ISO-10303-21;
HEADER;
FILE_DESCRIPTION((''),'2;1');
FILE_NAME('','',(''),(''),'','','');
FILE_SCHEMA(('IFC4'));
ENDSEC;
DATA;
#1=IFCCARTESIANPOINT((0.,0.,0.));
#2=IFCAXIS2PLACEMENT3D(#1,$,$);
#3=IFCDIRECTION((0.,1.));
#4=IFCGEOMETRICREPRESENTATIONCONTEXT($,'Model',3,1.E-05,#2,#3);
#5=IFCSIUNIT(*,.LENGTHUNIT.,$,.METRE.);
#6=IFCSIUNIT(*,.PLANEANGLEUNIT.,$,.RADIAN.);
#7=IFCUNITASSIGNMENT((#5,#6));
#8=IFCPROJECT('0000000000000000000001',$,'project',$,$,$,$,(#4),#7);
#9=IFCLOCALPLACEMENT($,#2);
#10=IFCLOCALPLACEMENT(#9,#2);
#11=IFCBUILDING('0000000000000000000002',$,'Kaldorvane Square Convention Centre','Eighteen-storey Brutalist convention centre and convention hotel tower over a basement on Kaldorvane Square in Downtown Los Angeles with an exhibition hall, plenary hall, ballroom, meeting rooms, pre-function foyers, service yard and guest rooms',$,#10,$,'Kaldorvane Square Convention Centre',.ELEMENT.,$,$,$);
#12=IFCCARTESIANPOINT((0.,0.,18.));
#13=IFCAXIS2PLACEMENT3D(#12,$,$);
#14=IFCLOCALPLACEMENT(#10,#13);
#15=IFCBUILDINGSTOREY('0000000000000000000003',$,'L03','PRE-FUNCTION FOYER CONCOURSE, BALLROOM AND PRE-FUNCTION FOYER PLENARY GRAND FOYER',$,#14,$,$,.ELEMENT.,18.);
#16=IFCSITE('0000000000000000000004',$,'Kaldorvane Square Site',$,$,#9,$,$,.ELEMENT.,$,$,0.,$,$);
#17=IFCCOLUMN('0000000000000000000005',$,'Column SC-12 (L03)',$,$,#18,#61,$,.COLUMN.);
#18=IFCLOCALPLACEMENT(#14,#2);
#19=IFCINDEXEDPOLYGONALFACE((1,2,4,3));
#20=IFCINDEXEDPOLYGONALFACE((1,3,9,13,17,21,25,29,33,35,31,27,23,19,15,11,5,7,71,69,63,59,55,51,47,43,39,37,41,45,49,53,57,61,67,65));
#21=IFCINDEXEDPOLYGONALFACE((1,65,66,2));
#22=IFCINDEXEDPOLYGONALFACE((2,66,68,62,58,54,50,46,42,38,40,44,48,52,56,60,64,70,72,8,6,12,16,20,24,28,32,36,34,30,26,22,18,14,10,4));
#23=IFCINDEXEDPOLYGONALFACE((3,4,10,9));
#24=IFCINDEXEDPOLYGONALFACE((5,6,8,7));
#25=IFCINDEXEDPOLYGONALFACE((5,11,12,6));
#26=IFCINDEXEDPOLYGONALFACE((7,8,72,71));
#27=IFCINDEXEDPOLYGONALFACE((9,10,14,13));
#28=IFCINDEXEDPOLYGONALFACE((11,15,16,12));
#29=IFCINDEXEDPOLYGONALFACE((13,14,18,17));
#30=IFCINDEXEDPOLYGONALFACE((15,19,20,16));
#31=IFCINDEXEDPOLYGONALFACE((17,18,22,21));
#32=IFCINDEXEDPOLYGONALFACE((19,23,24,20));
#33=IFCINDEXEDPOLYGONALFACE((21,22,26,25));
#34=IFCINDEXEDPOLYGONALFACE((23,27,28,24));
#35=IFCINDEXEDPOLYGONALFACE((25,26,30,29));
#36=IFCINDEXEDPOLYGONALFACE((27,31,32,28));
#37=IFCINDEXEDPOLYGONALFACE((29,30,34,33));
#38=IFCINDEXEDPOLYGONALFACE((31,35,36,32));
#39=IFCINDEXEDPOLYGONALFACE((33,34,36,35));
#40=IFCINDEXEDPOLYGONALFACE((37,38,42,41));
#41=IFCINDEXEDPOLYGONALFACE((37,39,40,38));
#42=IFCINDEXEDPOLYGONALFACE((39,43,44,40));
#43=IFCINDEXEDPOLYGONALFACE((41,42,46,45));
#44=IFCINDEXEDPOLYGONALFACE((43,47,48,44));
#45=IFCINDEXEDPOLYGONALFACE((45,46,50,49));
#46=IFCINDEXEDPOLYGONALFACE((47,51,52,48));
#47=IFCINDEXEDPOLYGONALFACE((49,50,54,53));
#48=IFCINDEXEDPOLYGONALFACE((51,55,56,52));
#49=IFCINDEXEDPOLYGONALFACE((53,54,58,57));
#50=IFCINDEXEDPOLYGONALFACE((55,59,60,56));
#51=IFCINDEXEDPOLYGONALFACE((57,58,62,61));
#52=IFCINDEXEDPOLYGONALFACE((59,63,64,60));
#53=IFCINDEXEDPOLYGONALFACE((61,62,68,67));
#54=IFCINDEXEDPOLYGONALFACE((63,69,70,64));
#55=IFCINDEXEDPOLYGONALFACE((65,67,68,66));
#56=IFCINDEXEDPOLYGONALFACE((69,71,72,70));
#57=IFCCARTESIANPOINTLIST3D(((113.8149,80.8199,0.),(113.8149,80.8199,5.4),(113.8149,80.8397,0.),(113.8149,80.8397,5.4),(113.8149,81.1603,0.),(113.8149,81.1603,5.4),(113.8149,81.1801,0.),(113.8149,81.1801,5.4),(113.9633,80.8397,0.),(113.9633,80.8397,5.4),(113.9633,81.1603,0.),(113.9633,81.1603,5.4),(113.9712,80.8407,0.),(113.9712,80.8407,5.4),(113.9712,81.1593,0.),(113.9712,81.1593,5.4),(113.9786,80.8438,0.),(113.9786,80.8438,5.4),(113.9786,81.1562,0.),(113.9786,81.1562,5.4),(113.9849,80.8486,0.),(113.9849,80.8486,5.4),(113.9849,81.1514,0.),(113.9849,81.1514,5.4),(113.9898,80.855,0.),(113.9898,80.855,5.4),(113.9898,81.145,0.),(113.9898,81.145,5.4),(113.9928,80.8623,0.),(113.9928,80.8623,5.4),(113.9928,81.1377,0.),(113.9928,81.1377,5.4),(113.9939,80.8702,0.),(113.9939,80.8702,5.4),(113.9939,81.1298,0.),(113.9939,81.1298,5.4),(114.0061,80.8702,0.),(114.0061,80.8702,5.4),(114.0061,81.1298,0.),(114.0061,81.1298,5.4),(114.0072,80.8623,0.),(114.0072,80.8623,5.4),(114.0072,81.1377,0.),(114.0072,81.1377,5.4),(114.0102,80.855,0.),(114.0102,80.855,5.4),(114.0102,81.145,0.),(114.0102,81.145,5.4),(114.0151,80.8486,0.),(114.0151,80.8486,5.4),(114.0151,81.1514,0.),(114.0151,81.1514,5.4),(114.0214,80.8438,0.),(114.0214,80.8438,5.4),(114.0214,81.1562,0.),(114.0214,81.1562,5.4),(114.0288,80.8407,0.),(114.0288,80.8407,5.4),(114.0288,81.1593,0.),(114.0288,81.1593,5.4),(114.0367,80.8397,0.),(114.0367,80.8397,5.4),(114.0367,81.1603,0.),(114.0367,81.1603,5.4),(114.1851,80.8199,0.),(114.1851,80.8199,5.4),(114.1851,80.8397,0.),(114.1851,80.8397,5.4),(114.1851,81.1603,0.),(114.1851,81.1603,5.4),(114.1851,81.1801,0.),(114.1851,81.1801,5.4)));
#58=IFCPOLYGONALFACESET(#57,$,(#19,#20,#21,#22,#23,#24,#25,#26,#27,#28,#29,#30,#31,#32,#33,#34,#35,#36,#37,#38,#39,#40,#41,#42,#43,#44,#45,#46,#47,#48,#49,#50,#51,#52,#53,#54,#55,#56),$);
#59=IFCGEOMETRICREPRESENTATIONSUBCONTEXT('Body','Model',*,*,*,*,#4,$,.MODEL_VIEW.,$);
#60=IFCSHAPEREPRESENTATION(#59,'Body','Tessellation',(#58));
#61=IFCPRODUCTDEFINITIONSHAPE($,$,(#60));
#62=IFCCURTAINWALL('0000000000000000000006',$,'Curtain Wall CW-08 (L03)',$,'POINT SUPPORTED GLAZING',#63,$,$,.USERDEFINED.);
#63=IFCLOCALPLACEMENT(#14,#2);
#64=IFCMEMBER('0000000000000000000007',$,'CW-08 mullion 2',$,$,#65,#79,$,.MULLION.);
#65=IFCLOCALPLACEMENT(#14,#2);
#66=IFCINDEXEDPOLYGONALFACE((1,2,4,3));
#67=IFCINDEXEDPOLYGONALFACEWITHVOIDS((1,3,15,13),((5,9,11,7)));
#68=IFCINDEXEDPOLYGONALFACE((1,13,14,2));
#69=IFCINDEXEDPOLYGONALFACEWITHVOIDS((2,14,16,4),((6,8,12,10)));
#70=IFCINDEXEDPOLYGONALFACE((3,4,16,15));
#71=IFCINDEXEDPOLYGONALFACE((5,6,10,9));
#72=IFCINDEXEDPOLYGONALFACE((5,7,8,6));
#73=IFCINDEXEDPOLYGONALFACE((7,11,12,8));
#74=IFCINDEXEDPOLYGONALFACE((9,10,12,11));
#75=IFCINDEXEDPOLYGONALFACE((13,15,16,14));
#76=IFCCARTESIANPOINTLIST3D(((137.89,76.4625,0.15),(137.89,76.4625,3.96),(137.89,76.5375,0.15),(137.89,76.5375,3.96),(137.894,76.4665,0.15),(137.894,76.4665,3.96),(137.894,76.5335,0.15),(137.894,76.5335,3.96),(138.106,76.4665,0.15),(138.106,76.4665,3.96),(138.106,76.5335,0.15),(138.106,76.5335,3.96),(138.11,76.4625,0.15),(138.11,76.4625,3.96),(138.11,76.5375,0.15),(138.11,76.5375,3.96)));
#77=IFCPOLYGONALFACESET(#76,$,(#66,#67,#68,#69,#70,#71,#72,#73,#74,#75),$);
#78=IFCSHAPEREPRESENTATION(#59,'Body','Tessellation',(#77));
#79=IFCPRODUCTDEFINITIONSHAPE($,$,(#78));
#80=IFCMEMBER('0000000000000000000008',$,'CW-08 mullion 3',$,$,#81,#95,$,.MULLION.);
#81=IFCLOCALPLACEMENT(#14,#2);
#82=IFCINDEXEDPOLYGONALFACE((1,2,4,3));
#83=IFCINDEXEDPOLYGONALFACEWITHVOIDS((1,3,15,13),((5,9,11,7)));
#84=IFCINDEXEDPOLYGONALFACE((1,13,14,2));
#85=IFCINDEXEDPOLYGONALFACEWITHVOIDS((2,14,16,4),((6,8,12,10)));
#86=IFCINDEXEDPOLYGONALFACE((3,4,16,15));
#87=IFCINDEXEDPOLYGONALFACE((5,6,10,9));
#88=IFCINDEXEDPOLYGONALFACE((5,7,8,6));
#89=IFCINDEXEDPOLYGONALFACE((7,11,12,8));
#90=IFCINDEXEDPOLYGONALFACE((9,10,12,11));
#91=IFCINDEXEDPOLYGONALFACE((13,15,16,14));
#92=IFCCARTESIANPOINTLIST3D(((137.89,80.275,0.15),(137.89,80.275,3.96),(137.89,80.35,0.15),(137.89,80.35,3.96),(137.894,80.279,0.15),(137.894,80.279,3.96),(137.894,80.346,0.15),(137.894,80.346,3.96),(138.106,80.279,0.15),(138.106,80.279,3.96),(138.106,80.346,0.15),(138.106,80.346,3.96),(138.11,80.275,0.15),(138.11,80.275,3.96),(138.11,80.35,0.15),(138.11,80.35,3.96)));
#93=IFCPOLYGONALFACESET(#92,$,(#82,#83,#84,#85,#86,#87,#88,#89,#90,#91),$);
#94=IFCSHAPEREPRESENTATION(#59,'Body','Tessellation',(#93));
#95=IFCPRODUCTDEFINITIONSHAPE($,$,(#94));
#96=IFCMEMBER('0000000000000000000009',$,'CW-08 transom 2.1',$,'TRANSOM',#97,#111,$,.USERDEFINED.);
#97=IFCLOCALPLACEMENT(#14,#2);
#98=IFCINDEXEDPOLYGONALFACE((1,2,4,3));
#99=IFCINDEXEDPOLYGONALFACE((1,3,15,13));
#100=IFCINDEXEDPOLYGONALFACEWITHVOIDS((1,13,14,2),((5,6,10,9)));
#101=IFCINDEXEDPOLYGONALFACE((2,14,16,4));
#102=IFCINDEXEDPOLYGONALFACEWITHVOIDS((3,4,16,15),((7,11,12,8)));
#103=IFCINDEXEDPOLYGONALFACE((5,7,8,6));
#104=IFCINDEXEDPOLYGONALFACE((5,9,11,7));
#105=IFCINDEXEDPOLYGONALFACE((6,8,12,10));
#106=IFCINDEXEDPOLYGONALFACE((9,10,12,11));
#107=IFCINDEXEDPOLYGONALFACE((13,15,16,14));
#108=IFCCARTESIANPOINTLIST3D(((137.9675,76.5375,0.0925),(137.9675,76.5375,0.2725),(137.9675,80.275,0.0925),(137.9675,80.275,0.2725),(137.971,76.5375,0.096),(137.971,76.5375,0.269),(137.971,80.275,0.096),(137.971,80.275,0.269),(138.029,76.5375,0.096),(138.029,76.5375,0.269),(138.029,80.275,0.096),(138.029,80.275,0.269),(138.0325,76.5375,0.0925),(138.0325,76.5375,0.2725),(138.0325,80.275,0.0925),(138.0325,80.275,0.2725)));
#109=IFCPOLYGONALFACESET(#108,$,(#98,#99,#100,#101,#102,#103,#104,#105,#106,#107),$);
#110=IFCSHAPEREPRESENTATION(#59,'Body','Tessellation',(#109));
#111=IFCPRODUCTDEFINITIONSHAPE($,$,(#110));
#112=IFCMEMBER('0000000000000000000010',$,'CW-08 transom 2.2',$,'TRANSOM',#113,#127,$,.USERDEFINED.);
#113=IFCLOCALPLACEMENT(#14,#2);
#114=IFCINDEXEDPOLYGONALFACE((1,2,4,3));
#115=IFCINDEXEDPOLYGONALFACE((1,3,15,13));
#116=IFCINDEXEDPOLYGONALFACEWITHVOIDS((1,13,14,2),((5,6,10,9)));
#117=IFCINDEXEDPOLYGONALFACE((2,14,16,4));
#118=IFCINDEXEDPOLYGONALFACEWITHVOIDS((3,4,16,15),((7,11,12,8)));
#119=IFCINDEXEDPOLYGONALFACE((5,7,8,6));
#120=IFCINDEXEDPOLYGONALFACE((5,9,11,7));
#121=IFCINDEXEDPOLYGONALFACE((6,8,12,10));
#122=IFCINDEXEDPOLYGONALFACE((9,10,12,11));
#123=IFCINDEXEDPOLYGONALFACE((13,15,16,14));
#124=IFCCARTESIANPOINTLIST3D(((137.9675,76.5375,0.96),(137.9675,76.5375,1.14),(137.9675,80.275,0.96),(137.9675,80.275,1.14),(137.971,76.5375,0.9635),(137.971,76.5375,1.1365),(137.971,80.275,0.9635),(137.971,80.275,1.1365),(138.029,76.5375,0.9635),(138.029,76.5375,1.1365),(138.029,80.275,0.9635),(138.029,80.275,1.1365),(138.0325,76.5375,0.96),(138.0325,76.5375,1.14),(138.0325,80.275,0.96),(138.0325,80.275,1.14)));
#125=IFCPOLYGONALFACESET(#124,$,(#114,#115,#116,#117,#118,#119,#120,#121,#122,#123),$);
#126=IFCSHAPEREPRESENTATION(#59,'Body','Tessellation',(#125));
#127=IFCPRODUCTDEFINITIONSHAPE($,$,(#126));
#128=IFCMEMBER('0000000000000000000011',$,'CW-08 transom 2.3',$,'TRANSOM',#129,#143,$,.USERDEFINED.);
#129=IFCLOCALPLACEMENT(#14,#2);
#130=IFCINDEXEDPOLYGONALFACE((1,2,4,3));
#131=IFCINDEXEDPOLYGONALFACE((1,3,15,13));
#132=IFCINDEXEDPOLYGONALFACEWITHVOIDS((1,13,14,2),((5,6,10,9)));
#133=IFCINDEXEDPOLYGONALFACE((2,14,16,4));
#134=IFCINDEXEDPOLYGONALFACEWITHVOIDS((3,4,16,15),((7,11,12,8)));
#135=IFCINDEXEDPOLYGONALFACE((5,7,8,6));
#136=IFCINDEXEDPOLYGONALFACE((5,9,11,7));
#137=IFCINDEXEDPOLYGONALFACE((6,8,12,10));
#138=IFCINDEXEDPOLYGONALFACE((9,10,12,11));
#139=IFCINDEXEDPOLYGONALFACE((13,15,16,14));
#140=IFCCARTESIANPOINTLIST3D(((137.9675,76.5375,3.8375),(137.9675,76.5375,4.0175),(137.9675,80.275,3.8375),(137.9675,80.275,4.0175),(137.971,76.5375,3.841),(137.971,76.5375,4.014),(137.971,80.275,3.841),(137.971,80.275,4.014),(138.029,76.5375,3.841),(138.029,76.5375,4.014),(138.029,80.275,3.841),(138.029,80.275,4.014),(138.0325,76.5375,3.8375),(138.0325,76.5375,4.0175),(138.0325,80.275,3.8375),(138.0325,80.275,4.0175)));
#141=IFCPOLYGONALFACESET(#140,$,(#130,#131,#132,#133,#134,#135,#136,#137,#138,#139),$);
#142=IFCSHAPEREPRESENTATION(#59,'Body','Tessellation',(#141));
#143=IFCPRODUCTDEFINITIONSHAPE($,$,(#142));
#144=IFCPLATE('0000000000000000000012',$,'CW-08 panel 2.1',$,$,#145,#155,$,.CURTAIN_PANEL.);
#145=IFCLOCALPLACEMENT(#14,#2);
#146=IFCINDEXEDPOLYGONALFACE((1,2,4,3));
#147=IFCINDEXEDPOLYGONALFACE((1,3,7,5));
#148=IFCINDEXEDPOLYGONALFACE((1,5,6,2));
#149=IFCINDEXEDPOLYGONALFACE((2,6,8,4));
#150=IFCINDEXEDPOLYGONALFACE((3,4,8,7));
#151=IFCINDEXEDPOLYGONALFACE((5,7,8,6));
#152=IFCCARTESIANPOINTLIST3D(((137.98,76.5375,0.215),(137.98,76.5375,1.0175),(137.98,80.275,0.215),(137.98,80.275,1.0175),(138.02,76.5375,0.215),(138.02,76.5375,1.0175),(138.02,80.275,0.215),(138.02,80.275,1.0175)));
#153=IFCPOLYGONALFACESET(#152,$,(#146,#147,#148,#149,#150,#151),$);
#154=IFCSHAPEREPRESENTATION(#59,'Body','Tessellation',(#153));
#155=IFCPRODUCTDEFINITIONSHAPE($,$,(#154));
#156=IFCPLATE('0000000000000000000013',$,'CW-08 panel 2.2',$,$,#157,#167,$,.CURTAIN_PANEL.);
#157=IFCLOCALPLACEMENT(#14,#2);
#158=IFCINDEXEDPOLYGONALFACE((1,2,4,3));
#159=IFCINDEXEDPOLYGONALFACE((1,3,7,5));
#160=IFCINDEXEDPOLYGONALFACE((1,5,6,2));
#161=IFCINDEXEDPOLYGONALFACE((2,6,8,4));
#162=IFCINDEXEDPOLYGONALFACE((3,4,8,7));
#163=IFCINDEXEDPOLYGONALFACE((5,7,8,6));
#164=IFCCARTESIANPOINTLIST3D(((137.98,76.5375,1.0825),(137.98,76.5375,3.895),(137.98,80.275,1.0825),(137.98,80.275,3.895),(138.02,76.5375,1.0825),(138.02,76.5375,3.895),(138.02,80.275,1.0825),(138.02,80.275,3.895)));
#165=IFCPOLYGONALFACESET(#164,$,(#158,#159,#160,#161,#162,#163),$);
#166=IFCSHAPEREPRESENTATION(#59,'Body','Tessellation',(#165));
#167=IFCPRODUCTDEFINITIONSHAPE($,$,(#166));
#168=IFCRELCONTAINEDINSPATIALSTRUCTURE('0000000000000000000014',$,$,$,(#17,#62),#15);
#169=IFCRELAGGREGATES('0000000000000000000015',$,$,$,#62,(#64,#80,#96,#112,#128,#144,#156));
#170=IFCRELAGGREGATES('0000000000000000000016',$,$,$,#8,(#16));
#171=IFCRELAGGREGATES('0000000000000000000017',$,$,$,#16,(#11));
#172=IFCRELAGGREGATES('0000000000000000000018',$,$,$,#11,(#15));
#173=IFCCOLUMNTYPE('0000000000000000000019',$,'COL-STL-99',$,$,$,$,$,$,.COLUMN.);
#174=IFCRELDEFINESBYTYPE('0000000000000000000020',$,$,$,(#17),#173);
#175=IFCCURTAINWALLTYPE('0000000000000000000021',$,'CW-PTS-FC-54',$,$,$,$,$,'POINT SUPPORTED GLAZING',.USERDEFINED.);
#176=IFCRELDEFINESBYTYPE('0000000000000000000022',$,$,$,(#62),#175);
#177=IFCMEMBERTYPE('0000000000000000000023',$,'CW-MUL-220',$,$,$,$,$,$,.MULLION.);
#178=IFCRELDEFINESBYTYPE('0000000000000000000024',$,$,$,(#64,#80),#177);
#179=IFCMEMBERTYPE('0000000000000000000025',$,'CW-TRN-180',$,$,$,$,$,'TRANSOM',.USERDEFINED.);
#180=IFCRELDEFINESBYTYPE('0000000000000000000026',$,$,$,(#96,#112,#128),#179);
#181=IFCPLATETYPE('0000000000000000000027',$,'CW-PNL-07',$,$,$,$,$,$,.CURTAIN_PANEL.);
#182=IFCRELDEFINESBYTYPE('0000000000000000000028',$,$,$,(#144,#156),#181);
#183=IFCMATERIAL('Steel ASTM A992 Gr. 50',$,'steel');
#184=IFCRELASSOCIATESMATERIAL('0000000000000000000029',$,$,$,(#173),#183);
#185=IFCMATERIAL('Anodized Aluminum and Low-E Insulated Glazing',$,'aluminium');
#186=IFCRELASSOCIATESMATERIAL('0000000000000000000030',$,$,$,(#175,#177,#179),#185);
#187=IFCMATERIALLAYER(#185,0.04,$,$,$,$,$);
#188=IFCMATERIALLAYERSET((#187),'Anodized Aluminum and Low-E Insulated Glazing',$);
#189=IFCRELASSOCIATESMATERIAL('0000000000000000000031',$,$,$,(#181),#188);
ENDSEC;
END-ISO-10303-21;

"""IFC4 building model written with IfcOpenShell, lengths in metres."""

from ifc_helpers import new_model, si_unit, direction, frame, origin, origin_2d, place, context, subcontext, project, spatial, rectangle, hollow_rectangle, i_section, extrude, material, layer, layer_set, material_profile, profile_set, type_object, element, aggregate, save


model = new_model("IFC4")

# Units and contexts
model_context = context("Model", 3, precision=1e-05, world=origin(), true_north=direction((0.0, 1.0)))
body_context = subcontext(model_context, "Body", "Model", "MODEL_VIEW")
ifc_project = project(units=[si_unit("LENGTHUNIT", "METRE"), si_unit("PLANEANGLEUNIT", "RADIAN")], contexts=[model_context])

# Site, building, storey
site_placement = place(None, origin())
site = spatial("IfcSite", under=ifc_project, at=site_placement, Name="Kaldorvane Square Site", CompositionType="ELEMENT", RefElevation=0.0)
building_placement = place(site_placement, origin())
building = spatial("IfcBuilding", under=site, at=building_placement, Name="Kaldorvane Square Convention Centre", Description="Eighteen-storey Brutalist convention centre and convention hotel tower over a basement on Kaldorvane Square in Downtown Los Angeles with an exhibition hall, plenary hall, ballroom, meeting rooms, pre-function foyers, service yard and guest rooms", LongName="Kaldorvane Square Convention Centre", CompositionType="ELEMENT")
storey_placement = place(building_placement, frame((0.0, 0.0, 18.0)))
storey = spatial("IfcBuildingStorey", under=building, at=storey_placement, Name="L03", Description="PRE-FUNCTION FOYER CONCOURSE, BALLROOM AND PRE-FUNCTION FOYER PLENARY GRAND FOYER", CompositionType="ELEMENT", Elevation=18.0)

# Column
ifc_material_1 = material(Name="Steel ASTM A992 Gr. 50", Category="steel")
ifc_material_profile_1 = material_profile(ifc_material_1, i_section(OverallWidth=0.3701, OverallDepth=0.3602, WebThickness=0.0123, FlangeThickness=0.0198, FilletRadius=0.0305, at=origin_2d()), Name="W14X99")
ifc_profile_set_1 = profile_set([ifc_material_profile_1], Name="Steel ASTM A992 Gr. 50")
column_type = type_object("IfcColumnType", Name="COL-STL-99", PredefinedType="COLUMN", material=ifc_profile_set_1)
column_placement = place(storey_placement, frame((114.0, 81.0, 0.0), z_axis=(0.0, 0.0, 1.0), x_axis=(1.0, 0.0, 0.0)))
element("IfcColumn", 1, at=column_placement, inside=storey, type_object=column_type, Name="Column SC-12 (L03)", PredefinedType="COLUMN", context=body_context, shape_type="SweptSolid", body=[
    extrude(i_section(OverallWidth=0.3701, OverallDepth=0.3602, WebThickness=0.0123, FlangeThickness=0.0198, FilletRadius=0.0305, at=origin_2d()), origin(), (0.0, 0.0, 1.0), 5.4),
])

# Curtain wall, members, plates
ifc_material_2 = material(Name="Anodized Aluminum and Low-E Insulated Glazing", Category="aluminium")
curtain_wall_type = type_object("IfcCurtainWallType", Name="CW-PTS-FC-54", ElementType="POINT SUPPORTED GLAZING", PredefinedType="USERDEFINED", material=ifc_material_2)
curtain_wall_placement = place(storey_placement, origin())
curtain_wall = element("IfcCurtainWall", 2, at=curtain_wall_placement, inside=storey, type_object=curtain_wall_type, Name="Curtain Wall CW-08 (L03)", ObjectType="POINT SUPPORTED GLAZING", PredefinedType="USERDEFINED")
ifc_material_profile_2 = material_profile(ifc_material_2, hollow_rectangle(XDim=0.075, YDim=0.22, WallThickness=0.004, at=origin_2d()), Name="CWM-220X75")
ifc_profile_set_2 = profile_set([ifc_material_profile_2], Name="Anodized Aluminum and Low-E Insulated Glazing")
member_type_1 = type_object("IfcMemberType", Name="CW-MUL-220", PredefinedType="MULLION", material=ifc_profile_set_2)
member_1_placement = place(storey_placement, frame((138.0, 76.5, 0.15), z_axis=(0.0, 0.0, 1.0), x_axis=(0.0, 1.0, 0.0)))
member_1 = element("IfcMember", 3, at=member_1_placement, type_object=member_type_1, Name="CW-08 mullion 2", PredefinedType="MULLION", context=body_context, shape_type="SweptSolid", body=[
    extrude(hollow_rectangle(XDim=0.075, YDim=0.22, WallThickness=0.004, at=origin_2d()), origin(), (0.0, 0.0, 1.0), 3.81),
])
member_2_placement = place(storey_placement, frame((138.0, 80.3125, 0.15), z_axis=(0.0, 0.0, 1.0), x_axis=(0.0, 1.0, 0.0)))
member_2 = element("IfcMember", 4, at=member_2_placement, type_object=member_type_1, Name="CW-08 mullion 3", PredefinedType="MULLION", context=body_context, shape_type="SweptSolid", body=[
    extrude(hollow_rectangle(XDim=0.075, YDim=0.22, WallThickness=0.004, at=origin_2d()), origin(), (0.0, 0.0, 1.0), 3.81),
])
ifc_material_profile_3 = material_profile(ifc_material_2, hollow_rectangle(XDim=0.065, YDim=0.18, WallThickness=0.0035, at=origin_2d()), Name="CWT-180X65")
ifc_profile_set_3 = profile_set([ifc_material_profile_3], Name="Anodized Aluminum and Low-E Insulated Glazing")
member_type_2 = type_object("IfcMemberType", Name="CW-TRN-180", ElementType="TRANSOM", PredefinedType="USERDEFINED", material=ifc_profile_set_3)
member_3_placement = place(storey_placement, frame((138.0, 76.5375, 0.1825), z_axis=(0.0, 1.0, 0.0), x_axis=(-1.0, 0.0, 0.0)))
member_3 = element("IfcMember", 5, at=member_3_placement, type_object=member_type_2, Name="CW-08 transom 2.1", ObjectType="TRANSOM", PredefinedType="USERDEFINED", context=body_context, shape_type="SweptSolid", body=[
    extrude(hollow_rectangle(XDim=0.065, YDim=0.18, WallThickness=0.0035, at=origin_2d()), origin(), (0.0, 0.0, 1.0), 3.7375),
])
member_4_placement = place(storey_placement, frame((138.0, 76.5375, 1.05), z_axis=(0.0, 1.0, 0.0), x_axis=(-1.0, 0.0, 0.0)))
member_4 = element("IfcMember", 6, at=member_4_placement, type_object=member_type_2, Name="CW-08 transom 2.2", ObjectType="TRANSOM", PredefinedType="USERDEFINED", context=body_context, shape_type="SweptSolid", body=[
    extrude(hollow_rectangle(XDim=0.065, YDim=0.18, WallThickness=0.0035, at=origin_2d()), origin(), (0.0, 0.0, 1.0), 3.7375),
])
member_5_placement = place(storey_placement, frame((138.0, 76.5375, 3.9275), z_axis=(0.0, 1.0, 0.0), x_axis=(-1.0, 0.0, 0.0)))
member_5 = element("IfcMember", 7, at=member_5_placement, type_object=member_type_2, Name="CW-08 transom 2.3", ObjectType="TRANSOM", PredefinedType="USERDEFINED", context=body_context, shape_type="SweptSolid", body=[
    extrude(hollow_rectangle(XDim=0.065, YDim=0.18, WallThickness=0.0035, at=origin_2d()), origin(), (0.0, 0.0, 1.0), 3.7375),
])
ifc_layer_1 = layer(ifc_material_2, 0.04)
ifc_layer_set_1 = layer_set([ifc_layer_1], Name="Anodized Aluminum and Low-E Insulated Glazing")
plate_type = type_object("IfcPlateType", Name="CW-PNL-07", PredefinedType="CURTAIN_PANEL", material=ifc_layer_set_1)
plate_1_placement = place(storey_placement, frame((138.0, 78.4062, 0.215), z_axis=(0.0, 0.0, 1.0), x_axis=(0.0, 1.0, 0.0)))
plate_1 = element("IfcPlate", 8, at=plate_1_placement, type_object=plate_type, Name="CW-08 panel 2.1", PredefinedType="CURTAIN_PANEL", context=body_context, shape_type="SweptSolid", body=[
    extrude(rectangle(XDim=3.7375, YDim=0.04, at=origin_2d()), origin(), (0.0, 0.0, 1.0), 0.8025),
])
plate_2_placement = place(storey_placement, frame((138.0, 78.4062, 1.0825), z_axis=(0.0, 0.0, 1.0), x_axis=(0.0, 1.0, 0.0)))
plate_2 = element("IfcPlate", 9, at=plate_2_placement, type_object=plate_type, Name="CW-08 panel 2.2", PredefinedType="CURTAIN_PANEL", context=body_context, shape_type="SweptSolid", body=[
    extrude(rectangle(XDim=3.7375, YDim=0.04, at=origin_2d()), origin(), (0.0, 0.0, 1.0), 2.8125),
])
aggregate(curtain_wall, [member_1, member_2, member_3, member_4, member_5, plate_1, plate_2])

save(model, "model.ifc")
